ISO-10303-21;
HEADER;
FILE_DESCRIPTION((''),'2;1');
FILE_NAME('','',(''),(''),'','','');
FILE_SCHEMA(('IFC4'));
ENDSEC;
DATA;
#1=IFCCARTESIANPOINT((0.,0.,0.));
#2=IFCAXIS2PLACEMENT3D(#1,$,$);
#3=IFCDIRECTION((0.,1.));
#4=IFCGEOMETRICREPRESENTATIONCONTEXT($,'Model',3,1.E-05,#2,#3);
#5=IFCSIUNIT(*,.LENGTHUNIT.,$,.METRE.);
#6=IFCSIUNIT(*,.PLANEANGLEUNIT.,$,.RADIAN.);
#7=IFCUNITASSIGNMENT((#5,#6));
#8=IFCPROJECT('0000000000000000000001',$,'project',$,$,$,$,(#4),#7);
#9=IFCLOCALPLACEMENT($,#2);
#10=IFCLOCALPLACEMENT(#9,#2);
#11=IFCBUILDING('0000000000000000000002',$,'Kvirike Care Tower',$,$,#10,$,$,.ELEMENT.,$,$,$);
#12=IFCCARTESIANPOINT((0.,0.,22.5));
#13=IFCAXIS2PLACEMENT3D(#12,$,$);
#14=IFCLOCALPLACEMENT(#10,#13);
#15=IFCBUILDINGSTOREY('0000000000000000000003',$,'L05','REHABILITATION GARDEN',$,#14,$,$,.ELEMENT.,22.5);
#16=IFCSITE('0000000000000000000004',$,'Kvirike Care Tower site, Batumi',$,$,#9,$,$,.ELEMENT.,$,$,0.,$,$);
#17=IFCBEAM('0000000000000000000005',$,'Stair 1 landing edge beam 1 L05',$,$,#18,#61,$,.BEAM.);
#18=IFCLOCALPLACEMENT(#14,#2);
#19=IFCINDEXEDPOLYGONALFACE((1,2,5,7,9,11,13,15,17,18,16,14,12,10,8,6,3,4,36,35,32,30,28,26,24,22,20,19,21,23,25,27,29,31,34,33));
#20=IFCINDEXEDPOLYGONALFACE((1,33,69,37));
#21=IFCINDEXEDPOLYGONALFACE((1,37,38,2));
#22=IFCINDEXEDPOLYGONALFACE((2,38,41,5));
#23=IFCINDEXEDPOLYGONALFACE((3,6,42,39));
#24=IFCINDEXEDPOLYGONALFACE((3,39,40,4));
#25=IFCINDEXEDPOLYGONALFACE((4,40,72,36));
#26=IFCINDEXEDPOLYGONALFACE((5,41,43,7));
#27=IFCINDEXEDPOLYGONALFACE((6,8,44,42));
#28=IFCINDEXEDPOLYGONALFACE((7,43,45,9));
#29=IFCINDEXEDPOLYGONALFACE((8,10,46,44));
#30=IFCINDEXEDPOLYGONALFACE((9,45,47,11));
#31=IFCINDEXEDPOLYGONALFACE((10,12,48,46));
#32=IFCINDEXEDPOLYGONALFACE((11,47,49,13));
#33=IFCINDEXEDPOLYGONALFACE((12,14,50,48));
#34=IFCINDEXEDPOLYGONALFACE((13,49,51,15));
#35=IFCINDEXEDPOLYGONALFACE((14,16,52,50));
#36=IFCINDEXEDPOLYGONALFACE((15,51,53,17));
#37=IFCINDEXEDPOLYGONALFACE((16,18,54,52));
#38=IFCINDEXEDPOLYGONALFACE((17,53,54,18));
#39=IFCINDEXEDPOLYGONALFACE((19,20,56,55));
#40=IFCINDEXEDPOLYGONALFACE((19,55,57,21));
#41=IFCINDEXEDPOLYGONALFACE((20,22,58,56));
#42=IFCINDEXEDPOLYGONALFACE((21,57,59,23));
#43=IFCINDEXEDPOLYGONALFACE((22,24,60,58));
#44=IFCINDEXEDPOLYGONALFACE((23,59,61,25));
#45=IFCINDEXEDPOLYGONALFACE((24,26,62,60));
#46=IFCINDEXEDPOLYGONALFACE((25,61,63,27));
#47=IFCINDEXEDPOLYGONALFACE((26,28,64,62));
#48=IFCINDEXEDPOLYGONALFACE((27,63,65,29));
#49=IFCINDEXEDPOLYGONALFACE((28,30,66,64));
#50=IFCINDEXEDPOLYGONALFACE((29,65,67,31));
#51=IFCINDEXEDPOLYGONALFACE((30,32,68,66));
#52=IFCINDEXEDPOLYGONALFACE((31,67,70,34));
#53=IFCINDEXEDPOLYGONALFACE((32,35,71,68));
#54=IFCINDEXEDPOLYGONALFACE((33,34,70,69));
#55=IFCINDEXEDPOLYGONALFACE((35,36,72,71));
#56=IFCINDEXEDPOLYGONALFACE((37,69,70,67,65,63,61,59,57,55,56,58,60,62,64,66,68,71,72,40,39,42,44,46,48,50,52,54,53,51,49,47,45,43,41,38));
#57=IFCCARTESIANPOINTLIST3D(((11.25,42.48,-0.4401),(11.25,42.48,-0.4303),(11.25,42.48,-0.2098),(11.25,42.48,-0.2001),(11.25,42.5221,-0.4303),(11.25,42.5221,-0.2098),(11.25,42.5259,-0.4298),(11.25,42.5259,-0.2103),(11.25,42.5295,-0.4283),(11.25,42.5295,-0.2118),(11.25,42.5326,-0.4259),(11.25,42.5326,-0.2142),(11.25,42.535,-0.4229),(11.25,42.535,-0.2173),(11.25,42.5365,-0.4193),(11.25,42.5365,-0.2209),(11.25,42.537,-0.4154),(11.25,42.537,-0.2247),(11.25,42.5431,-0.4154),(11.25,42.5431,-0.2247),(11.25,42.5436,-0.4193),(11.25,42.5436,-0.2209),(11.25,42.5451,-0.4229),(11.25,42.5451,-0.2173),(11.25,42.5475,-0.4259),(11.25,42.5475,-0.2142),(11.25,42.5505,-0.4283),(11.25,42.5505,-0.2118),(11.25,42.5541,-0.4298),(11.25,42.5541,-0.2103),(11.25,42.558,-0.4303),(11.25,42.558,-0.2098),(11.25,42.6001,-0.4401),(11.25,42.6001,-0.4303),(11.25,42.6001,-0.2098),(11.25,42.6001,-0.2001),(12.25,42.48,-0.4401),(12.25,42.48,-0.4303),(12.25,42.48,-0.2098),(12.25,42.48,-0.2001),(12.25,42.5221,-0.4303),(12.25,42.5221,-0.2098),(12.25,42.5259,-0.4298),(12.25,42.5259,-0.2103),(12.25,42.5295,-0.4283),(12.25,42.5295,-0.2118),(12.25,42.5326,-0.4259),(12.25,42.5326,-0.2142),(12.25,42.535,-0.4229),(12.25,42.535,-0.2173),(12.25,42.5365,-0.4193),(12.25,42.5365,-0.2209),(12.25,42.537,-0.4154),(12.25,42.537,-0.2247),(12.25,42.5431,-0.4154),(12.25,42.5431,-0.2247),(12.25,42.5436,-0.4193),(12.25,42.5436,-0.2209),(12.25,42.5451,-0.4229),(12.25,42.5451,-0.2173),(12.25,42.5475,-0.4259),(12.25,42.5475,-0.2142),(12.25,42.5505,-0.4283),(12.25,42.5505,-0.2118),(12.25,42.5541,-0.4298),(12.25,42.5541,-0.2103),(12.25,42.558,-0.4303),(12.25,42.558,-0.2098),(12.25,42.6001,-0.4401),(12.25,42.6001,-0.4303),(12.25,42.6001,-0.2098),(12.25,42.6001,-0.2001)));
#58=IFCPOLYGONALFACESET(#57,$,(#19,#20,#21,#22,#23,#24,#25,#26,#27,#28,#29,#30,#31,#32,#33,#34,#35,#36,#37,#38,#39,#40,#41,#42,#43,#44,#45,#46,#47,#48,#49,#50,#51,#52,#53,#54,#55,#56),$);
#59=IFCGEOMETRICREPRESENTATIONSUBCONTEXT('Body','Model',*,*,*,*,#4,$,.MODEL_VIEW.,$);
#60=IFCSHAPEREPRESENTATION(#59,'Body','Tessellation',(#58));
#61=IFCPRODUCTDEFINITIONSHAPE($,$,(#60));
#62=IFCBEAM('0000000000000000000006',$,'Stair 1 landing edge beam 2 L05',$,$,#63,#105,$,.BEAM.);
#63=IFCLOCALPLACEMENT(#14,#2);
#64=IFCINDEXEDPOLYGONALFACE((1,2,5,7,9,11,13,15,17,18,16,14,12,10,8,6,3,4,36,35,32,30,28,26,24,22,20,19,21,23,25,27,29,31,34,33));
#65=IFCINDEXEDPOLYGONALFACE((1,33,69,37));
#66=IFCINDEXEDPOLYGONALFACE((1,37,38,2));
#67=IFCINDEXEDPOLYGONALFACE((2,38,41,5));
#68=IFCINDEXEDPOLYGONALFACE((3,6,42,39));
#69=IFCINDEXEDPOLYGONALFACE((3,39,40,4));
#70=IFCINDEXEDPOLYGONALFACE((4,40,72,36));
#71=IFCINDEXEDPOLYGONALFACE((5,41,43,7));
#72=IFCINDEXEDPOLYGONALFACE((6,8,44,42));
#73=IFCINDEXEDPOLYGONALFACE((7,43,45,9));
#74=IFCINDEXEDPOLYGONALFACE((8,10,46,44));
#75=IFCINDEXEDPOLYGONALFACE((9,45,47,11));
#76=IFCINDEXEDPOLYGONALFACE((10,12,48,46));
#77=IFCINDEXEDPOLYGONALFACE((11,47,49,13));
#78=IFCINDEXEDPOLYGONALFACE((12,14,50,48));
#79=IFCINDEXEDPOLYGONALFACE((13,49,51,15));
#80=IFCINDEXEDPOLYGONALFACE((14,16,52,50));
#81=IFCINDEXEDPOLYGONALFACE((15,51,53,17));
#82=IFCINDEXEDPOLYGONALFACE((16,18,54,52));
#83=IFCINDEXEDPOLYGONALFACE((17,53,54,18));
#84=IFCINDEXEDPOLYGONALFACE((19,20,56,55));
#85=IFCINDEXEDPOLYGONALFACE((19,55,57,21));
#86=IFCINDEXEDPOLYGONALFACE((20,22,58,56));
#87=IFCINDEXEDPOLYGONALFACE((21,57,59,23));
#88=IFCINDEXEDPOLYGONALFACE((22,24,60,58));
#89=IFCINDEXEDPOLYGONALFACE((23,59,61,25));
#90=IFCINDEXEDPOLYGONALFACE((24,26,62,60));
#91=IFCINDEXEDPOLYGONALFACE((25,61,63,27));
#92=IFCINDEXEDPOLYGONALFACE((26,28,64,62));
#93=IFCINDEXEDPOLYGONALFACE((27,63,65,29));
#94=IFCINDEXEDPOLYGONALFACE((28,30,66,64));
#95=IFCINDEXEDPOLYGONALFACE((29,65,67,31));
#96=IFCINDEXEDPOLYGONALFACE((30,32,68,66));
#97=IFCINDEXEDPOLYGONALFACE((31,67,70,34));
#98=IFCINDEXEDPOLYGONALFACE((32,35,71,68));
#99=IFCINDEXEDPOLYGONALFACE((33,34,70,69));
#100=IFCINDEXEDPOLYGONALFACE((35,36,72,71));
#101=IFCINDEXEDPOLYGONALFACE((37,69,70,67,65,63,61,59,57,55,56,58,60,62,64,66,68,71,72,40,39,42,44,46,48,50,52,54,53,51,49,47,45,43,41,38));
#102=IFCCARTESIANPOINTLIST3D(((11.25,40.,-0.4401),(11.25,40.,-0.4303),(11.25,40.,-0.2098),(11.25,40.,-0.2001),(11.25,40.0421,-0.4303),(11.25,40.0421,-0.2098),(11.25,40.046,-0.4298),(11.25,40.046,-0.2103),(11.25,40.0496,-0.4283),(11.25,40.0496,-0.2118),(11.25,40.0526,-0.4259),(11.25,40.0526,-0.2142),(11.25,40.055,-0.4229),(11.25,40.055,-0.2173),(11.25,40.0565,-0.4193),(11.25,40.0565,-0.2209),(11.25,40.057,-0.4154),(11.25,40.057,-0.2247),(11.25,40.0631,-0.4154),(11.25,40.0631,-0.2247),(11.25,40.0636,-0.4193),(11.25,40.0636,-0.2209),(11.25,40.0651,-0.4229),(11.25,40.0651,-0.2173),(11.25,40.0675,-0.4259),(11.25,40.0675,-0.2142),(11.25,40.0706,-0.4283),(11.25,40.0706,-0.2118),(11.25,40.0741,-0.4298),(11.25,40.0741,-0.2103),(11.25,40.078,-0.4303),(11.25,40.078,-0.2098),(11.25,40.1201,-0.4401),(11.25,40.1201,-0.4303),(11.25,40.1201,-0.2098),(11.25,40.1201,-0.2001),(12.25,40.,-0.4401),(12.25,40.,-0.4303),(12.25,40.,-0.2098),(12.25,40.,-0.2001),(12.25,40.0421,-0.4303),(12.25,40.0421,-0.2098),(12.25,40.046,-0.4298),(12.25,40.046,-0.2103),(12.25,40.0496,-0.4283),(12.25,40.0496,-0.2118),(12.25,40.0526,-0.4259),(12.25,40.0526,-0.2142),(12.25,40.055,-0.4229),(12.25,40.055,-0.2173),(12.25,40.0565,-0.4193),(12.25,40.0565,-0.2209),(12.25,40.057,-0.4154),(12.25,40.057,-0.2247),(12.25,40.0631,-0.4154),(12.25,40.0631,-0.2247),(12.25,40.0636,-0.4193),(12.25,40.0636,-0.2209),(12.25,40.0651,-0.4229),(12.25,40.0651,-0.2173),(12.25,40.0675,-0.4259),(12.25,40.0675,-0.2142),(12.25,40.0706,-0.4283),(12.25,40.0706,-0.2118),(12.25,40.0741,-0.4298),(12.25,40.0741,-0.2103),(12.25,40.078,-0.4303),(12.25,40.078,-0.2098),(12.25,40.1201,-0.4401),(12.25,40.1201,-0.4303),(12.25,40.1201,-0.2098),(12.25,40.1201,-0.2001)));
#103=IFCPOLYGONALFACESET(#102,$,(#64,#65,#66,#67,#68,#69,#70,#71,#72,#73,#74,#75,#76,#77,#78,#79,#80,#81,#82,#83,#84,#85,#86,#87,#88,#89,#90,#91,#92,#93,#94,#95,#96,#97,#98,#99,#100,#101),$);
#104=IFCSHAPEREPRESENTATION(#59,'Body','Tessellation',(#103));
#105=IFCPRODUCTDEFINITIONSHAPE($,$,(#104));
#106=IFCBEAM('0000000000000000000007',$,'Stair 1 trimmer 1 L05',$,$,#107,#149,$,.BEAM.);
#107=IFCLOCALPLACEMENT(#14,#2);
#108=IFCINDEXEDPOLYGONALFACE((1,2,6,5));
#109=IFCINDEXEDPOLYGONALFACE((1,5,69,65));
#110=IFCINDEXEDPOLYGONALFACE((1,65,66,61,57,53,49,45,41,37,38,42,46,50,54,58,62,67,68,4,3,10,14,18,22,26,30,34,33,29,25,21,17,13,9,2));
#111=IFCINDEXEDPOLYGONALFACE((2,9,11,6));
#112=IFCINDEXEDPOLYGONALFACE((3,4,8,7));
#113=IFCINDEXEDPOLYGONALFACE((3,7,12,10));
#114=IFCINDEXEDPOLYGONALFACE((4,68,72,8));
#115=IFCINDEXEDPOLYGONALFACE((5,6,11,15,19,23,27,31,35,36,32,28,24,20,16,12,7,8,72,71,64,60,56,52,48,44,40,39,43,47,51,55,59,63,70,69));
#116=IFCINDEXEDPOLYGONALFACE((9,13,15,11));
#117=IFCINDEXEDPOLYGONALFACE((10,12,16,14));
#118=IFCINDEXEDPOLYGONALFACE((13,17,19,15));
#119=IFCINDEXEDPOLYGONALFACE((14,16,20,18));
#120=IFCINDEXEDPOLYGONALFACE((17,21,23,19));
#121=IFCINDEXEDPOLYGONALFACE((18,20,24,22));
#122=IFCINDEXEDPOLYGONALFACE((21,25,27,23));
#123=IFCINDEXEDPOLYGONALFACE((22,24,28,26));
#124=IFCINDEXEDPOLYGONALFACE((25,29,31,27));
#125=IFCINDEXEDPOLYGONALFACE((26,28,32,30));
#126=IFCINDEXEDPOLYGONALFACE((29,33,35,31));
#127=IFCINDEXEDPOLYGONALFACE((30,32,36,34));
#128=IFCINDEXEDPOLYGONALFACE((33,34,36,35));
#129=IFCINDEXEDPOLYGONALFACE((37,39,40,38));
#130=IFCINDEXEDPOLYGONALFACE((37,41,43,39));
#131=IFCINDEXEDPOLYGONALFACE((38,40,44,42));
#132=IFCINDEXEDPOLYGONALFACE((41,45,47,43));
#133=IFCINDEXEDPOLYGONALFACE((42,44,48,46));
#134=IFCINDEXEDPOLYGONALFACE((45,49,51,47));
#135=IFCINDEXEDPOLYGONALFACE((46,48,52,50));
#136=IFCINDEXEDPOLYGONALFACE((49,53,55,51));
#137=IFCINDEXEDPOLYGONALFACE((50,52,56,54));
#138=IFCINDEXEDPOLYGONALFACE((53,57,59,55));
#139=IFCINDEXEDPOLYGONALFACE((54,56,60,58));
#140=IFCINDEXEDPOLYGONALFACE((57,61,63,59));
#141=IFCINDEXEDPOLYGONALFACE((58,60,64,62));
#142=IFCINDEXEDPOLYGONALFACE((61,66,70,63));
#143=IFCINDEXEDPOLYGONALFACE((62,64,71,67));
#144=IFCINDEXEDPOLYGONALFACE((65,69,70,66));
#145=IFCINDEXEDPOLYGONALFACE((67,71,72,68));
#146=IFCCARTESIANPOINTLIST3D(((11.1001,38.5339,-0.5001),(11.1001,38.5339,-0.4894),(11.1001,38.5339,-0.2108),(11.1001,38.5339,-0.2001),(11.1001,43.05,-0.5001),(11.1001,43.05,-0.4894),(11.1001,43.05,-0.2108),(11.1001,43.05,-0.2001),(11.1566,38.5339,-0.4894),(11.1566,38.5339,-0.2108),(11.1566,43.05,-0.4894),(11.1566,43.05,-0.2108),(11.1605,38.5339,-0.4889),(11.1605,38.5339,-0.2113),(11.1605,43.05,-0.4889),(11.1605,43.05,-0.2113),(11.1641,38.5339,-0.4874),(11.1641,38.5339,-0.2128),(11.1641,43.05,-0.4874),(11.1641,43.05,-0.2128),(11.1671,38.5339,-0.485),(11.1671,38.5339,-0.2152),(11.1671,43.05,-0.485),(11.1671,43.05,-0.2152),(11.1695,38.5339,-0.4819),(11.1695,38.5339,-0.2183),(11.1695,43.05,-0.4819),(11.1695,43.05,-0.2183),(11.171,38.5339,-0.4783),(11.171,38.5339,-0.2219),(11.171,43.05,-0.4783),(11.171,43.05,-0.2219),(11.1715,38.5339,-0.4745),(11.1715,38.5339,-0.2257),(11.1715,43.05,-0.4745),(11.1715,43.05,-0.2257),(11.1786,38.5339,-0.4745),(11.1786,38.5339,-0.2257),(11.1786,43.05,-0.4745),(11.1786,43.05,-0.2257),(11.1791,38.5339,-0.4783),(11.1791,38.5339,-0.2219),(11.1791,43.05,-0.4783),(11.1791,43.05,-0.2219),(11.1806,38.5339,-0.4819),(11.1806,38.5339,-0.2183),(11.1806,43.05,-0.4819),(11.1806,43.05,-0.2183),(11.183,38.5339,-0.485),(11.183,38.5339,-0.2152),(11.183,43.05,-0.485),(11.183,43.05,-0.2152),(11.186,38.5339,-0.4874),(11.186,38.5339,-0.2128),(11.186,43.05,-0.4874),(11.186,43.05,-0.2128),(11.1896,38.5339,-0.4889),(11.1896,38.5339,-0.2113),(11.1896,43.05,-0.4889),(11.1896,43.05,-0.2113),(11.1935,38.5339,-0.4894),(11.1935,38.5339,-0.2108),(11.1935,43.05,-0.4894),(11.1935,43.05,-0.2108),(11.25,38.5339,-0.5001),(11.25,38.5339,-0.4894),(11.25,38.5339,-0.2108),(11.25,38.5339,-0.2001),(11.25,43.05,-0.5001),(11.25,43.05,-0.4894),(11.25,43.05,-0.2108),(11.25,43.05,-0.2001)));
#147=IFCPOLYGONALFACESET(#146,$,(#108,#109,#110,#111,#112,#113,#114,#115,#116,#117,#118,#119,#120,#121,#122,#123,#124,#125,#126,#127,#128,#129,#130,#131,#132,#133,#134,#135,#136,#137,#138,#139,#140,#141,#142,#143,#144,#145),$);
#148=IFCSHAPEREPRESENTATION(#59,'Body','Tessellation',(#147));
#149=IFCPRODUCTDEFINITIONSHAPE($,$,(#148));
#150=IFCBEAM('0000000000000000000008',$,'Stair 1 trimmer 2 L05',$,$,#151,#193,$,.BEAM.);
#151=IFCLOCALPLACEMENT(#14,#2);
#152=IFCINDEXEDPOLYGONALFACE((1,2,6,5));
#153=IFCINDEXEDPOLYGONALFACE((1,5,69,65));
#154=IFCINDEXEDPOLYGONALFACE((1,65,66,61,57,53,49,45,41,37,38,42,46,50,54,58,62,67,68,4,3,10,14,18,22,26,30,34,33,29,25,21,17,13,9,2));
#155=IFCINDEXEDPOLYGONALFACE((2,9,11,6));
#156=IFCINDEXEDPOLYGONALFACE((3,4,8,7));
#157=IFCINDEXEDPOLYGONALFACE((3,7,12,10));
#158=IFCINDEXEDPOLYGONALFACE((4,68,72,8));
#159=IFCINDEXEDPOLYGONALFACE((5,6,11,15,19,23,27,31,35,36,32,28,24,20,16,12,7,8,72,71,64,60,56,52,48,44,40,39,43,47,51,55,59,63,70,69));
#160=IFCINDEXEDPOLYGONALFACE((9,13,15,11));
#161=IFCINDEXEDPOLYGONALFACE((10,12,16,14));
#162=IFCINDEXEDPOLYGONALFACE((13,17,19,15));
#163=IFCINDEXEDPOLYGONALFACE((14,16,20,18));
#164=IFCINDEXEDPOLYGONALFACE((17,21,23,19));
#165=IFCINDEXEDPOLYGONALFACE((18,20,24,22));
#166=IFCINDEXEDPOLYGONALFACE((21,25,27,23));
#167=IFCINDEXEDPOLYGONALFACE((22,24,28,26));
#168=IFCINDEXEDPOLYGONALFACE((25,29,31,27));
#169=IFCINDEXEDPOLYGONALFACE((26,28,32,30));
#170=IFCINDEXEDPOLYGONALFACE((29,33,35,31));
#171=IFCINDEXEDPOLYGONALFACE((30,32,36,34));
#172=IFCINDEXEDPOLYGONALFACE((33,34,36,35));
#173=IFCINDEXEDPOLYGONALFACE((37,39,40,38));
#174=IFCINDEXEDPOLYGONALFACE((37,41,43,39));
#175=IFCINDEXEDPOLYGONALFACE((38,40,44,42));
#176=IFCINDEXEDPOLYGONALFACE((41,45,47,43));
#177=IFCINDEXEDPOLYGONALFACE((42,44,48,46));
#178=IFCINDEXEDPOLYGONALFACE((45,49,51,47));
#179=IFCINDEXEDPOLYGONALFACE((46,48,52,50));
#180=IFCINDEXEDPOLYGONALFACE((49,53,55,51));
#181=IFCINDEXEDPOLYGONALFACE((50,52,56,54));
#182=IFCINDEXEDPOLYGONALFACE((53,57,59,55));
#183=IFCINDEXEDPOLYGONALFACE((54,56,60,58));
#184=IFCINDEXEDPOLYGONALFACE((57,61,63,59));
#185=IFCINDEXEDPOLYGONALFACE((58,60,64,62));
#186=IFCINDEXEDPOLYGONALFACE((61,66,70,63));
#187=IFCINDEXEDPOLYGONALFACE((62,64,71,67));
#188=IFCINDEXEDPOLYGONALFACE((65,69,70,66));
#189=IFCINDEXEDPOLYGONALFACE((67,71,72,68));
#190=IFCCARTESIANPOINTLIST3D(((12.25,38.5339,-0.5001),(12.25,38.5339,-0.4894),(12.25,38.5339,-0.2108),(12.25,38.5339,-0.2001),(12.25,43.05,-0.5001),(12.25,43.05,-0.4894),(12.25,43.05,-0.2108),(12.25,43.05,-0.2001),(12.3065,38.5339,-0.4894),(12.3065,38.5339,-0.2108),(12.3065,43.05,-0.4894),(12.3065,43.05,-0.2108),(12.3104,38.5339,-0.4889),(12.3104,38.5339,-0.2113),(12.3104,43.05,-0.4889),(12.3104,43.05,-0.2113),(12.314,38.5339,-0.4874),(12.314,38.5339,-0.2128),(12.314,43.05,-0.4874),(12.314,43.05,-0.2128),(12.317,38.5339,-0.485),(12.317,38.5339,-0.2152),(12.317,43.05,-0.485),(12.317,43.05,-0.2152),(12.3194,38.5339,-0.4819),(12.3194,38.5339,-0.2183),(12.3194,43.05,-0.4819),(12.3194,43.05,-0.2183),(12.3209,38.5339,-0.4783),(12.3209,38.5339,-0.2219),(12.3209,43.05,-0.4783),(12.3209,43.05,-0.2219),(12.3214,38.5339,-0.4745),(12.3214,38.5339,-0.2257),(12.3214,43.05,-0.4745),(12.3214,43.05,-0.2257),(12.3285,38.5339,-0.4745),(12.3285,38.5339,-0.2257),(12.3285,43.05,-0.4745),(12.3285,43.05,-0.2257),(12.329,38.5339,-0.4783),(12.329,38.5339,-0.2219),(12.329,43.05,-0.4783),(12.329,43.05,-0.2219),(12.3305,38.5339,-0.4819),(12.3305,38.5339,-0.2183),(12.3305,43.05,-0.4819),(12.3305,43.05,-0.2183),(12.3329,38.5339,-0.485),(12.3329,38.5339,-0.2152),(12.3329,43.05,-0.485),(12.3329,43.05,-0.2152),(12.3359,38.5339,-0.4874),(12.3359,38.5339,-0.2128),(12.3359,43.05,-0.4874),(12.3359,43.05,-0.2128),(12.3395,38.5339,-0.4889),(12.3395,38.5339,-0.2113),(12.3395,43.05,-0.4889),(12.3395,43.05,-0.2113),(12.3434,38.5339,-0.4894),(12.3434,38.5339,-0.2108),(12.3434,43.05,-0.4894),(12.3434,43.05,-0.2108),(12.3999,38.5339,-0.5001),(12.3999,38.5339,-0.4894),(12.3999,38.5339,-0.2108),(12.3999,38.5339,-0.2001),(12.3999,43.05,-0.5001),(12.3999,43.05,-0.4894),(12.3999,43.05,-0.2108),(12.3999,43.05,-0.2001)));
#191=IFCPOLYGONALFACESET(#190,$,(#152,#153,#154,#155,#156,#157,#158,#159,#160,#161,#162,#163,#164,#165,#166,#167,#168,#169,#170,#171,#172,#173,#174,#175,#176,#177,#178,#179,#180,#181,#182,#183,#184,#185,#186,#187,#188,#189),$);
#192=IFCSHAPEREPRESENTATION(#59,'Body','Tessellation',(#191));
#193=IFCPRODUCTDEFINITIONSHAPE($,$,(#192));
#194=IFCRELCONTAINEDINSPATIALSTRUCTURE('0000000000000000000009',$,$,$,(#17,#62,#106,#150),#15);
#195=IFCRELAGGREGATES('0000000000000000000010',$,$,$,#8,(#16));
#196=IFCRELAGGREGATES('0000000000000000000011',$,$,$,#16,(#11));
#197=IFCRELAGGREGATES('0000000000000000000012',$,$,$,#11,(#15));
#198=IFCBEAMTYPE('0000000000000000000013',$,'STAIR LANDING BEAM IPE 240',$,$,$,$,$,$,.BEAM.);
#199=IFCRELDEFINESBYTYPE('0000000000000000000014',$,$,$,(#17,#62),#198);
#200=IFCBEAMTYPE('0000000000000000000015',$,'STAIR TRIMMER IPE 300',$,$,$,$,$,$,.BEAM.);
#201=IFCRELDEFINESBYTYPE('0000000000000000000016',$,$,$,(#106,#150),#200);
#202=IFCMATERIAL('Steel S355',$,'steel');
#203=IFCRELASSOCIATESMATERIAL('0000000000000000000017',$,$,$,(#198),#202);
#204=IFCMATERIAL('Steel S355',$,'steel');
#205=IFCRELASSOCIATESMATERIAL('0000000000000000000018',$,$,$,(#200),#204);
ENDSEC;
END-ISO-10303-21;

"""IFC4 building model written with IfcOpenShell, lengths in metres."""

from ifc_helpers import new_model, si_unit, direction, frame, origin, origin_2d, place, context, subcontext, project, spatial, i_section, extrude, material, material_profile, profile_set, type_object, element, save


model = new_model("IFC4")

# Units and contexts
model_context = context("Model", 3, precision=1e-05, world=origin(), true_north=direction((0.0, 1.0)))
body_context = subcontext(model_context, "Body", "Model", "MODEL_VIEW")
ifc_project = project(units=[si_unit("LENGTHUNIT", "METRE"), si_unit("PLANEANGLEUNIT", "RADIAN")], contexts=[model_context])

# Site, building, storey
site_placement = place(None, origin())
site = spatial("IfcSite", under=ifc_project, at=site_placement, Name="Kvirike Care Tower site, Batumi", CompositionType="ELEMENT", RefElevation=0.0)
building_placement = place(site_placement, origin())
building = spatial("IfcBuilding", under=site, at=building_placement, Name="Kvirike Care Tower", CompositionType="ELEMENT")
storey_placement = place(building_placement, frame((0.0, 0.0, 22.5)))
storey = spatial("IfcBuildingStorey", under=building, at=storey_placement, Name="L05", Description="REHABILITATION GARDEN", CompositionType="ELEMENT", Elevation=22.5)

# Beams
ifc_material_1 = material(Name="Steel S355", Category="steel")
ifc_material_profile_1 = material_profile(ifc_material_1, i_section(OverallWidth=0.1201, OverallDepth=0.24, WebThickness=0.0061, FlangeThickness=0.0098, FilletRadius=0.0149, at=origin_2d()), Name="IPE 240")
ifc_profile_set_1 = profile_set([ifc_material_profile_1], Name="Steel S355")
beam_type_1 = type_object("IfcBeamType", Name="STAIR LANDING BEAM IPE 240", PredefinedType="BEAM", material=ifc_profile_set_1)
for number, where, z_axis, x_axis, name in (
    (1, (11.25, 42.54, -0.3201), (1.0, 0.0, 0.0), (0.0, 1.0, 0.0), "Stair 1 landing edge beam 1 L05"),
    (2, (11.25, 40.0601, -0.3201), (1.0, 0.0, 0.0), (0.0, 1.0, 0.0), "Stair 1 landing edge beam 2 L05"),
):
    element("IfcBeam", number, at=place(storey_placement, frame(where, z_axis=z_axis, x_axis=x_axis)), inside=storey, type_object=beam_type_1, Name=name, PredefinedType="BEAM", context=body_context, shape_type="SweptSolid", body=[
        extrude(i_section(OverallWidth=0.1201, OverallDepth=0.24, WebThickness=0.0061, FlangeThickness=0.0098, FilletRadius=0.0149, at=origin_2d()), origin(), (0.0, 0.0, 1.0), 1.0),
    ])
ifc_material_2 = material(Name="Steel S355", Category="steel")
ifc_material_profile_2 = material_profile(ifc_material_2, i_section(OverallWidth=0.1499, OverallDepth=0.3, WebThickness=0.0071, FlangeThickness=0.0107, FilletRadius=0.0149, at=origin_2d()), Name="IPE 300")
ifc_profile_set_2 = profile_set([ifc_material_profile_2], Name="Steel S355")
beam_type_2 = type_object("IfcBeamType", Name="STAIR TRIMMER IPE 300", PredefinedType="BEAM", material=ifc_profile_set_2)
for number, where, z_axis, x_axis, name in (
    (3, (11.175, 43.05, -0.3501), (0.0, -1.0, 0.0), (1.0, 0.0, 0.0), "Stair 1 trimmer 1 L05"),
    (4, (12.325, 43.05, -0.3501), (0.0, -1.0, 0.0), (1.0, 0.0, 0.0), "Stair 1 trimmer 2 L05"),
):
    element("IfcBeam", number, at=place(storey_placement, frame(where, z_axis=z_axis, x_axis=x_axis)), inside=storey, type_object=beam_type_2, Name=name, PredefinedType="BEAM", context=body_context, shape_type="SweptSolid", body=[
        extrude(i_section(OverallWidth=0.1499, OverallDepth=0.3, WebThickness=0.0071, FlangeThickness=0.0107, FilletRadius=0.0149, at=origin_2d()), origin(), (0.0, 0.0, 1.0), 4.5161),
    ])

save(model, "model.ifc")
